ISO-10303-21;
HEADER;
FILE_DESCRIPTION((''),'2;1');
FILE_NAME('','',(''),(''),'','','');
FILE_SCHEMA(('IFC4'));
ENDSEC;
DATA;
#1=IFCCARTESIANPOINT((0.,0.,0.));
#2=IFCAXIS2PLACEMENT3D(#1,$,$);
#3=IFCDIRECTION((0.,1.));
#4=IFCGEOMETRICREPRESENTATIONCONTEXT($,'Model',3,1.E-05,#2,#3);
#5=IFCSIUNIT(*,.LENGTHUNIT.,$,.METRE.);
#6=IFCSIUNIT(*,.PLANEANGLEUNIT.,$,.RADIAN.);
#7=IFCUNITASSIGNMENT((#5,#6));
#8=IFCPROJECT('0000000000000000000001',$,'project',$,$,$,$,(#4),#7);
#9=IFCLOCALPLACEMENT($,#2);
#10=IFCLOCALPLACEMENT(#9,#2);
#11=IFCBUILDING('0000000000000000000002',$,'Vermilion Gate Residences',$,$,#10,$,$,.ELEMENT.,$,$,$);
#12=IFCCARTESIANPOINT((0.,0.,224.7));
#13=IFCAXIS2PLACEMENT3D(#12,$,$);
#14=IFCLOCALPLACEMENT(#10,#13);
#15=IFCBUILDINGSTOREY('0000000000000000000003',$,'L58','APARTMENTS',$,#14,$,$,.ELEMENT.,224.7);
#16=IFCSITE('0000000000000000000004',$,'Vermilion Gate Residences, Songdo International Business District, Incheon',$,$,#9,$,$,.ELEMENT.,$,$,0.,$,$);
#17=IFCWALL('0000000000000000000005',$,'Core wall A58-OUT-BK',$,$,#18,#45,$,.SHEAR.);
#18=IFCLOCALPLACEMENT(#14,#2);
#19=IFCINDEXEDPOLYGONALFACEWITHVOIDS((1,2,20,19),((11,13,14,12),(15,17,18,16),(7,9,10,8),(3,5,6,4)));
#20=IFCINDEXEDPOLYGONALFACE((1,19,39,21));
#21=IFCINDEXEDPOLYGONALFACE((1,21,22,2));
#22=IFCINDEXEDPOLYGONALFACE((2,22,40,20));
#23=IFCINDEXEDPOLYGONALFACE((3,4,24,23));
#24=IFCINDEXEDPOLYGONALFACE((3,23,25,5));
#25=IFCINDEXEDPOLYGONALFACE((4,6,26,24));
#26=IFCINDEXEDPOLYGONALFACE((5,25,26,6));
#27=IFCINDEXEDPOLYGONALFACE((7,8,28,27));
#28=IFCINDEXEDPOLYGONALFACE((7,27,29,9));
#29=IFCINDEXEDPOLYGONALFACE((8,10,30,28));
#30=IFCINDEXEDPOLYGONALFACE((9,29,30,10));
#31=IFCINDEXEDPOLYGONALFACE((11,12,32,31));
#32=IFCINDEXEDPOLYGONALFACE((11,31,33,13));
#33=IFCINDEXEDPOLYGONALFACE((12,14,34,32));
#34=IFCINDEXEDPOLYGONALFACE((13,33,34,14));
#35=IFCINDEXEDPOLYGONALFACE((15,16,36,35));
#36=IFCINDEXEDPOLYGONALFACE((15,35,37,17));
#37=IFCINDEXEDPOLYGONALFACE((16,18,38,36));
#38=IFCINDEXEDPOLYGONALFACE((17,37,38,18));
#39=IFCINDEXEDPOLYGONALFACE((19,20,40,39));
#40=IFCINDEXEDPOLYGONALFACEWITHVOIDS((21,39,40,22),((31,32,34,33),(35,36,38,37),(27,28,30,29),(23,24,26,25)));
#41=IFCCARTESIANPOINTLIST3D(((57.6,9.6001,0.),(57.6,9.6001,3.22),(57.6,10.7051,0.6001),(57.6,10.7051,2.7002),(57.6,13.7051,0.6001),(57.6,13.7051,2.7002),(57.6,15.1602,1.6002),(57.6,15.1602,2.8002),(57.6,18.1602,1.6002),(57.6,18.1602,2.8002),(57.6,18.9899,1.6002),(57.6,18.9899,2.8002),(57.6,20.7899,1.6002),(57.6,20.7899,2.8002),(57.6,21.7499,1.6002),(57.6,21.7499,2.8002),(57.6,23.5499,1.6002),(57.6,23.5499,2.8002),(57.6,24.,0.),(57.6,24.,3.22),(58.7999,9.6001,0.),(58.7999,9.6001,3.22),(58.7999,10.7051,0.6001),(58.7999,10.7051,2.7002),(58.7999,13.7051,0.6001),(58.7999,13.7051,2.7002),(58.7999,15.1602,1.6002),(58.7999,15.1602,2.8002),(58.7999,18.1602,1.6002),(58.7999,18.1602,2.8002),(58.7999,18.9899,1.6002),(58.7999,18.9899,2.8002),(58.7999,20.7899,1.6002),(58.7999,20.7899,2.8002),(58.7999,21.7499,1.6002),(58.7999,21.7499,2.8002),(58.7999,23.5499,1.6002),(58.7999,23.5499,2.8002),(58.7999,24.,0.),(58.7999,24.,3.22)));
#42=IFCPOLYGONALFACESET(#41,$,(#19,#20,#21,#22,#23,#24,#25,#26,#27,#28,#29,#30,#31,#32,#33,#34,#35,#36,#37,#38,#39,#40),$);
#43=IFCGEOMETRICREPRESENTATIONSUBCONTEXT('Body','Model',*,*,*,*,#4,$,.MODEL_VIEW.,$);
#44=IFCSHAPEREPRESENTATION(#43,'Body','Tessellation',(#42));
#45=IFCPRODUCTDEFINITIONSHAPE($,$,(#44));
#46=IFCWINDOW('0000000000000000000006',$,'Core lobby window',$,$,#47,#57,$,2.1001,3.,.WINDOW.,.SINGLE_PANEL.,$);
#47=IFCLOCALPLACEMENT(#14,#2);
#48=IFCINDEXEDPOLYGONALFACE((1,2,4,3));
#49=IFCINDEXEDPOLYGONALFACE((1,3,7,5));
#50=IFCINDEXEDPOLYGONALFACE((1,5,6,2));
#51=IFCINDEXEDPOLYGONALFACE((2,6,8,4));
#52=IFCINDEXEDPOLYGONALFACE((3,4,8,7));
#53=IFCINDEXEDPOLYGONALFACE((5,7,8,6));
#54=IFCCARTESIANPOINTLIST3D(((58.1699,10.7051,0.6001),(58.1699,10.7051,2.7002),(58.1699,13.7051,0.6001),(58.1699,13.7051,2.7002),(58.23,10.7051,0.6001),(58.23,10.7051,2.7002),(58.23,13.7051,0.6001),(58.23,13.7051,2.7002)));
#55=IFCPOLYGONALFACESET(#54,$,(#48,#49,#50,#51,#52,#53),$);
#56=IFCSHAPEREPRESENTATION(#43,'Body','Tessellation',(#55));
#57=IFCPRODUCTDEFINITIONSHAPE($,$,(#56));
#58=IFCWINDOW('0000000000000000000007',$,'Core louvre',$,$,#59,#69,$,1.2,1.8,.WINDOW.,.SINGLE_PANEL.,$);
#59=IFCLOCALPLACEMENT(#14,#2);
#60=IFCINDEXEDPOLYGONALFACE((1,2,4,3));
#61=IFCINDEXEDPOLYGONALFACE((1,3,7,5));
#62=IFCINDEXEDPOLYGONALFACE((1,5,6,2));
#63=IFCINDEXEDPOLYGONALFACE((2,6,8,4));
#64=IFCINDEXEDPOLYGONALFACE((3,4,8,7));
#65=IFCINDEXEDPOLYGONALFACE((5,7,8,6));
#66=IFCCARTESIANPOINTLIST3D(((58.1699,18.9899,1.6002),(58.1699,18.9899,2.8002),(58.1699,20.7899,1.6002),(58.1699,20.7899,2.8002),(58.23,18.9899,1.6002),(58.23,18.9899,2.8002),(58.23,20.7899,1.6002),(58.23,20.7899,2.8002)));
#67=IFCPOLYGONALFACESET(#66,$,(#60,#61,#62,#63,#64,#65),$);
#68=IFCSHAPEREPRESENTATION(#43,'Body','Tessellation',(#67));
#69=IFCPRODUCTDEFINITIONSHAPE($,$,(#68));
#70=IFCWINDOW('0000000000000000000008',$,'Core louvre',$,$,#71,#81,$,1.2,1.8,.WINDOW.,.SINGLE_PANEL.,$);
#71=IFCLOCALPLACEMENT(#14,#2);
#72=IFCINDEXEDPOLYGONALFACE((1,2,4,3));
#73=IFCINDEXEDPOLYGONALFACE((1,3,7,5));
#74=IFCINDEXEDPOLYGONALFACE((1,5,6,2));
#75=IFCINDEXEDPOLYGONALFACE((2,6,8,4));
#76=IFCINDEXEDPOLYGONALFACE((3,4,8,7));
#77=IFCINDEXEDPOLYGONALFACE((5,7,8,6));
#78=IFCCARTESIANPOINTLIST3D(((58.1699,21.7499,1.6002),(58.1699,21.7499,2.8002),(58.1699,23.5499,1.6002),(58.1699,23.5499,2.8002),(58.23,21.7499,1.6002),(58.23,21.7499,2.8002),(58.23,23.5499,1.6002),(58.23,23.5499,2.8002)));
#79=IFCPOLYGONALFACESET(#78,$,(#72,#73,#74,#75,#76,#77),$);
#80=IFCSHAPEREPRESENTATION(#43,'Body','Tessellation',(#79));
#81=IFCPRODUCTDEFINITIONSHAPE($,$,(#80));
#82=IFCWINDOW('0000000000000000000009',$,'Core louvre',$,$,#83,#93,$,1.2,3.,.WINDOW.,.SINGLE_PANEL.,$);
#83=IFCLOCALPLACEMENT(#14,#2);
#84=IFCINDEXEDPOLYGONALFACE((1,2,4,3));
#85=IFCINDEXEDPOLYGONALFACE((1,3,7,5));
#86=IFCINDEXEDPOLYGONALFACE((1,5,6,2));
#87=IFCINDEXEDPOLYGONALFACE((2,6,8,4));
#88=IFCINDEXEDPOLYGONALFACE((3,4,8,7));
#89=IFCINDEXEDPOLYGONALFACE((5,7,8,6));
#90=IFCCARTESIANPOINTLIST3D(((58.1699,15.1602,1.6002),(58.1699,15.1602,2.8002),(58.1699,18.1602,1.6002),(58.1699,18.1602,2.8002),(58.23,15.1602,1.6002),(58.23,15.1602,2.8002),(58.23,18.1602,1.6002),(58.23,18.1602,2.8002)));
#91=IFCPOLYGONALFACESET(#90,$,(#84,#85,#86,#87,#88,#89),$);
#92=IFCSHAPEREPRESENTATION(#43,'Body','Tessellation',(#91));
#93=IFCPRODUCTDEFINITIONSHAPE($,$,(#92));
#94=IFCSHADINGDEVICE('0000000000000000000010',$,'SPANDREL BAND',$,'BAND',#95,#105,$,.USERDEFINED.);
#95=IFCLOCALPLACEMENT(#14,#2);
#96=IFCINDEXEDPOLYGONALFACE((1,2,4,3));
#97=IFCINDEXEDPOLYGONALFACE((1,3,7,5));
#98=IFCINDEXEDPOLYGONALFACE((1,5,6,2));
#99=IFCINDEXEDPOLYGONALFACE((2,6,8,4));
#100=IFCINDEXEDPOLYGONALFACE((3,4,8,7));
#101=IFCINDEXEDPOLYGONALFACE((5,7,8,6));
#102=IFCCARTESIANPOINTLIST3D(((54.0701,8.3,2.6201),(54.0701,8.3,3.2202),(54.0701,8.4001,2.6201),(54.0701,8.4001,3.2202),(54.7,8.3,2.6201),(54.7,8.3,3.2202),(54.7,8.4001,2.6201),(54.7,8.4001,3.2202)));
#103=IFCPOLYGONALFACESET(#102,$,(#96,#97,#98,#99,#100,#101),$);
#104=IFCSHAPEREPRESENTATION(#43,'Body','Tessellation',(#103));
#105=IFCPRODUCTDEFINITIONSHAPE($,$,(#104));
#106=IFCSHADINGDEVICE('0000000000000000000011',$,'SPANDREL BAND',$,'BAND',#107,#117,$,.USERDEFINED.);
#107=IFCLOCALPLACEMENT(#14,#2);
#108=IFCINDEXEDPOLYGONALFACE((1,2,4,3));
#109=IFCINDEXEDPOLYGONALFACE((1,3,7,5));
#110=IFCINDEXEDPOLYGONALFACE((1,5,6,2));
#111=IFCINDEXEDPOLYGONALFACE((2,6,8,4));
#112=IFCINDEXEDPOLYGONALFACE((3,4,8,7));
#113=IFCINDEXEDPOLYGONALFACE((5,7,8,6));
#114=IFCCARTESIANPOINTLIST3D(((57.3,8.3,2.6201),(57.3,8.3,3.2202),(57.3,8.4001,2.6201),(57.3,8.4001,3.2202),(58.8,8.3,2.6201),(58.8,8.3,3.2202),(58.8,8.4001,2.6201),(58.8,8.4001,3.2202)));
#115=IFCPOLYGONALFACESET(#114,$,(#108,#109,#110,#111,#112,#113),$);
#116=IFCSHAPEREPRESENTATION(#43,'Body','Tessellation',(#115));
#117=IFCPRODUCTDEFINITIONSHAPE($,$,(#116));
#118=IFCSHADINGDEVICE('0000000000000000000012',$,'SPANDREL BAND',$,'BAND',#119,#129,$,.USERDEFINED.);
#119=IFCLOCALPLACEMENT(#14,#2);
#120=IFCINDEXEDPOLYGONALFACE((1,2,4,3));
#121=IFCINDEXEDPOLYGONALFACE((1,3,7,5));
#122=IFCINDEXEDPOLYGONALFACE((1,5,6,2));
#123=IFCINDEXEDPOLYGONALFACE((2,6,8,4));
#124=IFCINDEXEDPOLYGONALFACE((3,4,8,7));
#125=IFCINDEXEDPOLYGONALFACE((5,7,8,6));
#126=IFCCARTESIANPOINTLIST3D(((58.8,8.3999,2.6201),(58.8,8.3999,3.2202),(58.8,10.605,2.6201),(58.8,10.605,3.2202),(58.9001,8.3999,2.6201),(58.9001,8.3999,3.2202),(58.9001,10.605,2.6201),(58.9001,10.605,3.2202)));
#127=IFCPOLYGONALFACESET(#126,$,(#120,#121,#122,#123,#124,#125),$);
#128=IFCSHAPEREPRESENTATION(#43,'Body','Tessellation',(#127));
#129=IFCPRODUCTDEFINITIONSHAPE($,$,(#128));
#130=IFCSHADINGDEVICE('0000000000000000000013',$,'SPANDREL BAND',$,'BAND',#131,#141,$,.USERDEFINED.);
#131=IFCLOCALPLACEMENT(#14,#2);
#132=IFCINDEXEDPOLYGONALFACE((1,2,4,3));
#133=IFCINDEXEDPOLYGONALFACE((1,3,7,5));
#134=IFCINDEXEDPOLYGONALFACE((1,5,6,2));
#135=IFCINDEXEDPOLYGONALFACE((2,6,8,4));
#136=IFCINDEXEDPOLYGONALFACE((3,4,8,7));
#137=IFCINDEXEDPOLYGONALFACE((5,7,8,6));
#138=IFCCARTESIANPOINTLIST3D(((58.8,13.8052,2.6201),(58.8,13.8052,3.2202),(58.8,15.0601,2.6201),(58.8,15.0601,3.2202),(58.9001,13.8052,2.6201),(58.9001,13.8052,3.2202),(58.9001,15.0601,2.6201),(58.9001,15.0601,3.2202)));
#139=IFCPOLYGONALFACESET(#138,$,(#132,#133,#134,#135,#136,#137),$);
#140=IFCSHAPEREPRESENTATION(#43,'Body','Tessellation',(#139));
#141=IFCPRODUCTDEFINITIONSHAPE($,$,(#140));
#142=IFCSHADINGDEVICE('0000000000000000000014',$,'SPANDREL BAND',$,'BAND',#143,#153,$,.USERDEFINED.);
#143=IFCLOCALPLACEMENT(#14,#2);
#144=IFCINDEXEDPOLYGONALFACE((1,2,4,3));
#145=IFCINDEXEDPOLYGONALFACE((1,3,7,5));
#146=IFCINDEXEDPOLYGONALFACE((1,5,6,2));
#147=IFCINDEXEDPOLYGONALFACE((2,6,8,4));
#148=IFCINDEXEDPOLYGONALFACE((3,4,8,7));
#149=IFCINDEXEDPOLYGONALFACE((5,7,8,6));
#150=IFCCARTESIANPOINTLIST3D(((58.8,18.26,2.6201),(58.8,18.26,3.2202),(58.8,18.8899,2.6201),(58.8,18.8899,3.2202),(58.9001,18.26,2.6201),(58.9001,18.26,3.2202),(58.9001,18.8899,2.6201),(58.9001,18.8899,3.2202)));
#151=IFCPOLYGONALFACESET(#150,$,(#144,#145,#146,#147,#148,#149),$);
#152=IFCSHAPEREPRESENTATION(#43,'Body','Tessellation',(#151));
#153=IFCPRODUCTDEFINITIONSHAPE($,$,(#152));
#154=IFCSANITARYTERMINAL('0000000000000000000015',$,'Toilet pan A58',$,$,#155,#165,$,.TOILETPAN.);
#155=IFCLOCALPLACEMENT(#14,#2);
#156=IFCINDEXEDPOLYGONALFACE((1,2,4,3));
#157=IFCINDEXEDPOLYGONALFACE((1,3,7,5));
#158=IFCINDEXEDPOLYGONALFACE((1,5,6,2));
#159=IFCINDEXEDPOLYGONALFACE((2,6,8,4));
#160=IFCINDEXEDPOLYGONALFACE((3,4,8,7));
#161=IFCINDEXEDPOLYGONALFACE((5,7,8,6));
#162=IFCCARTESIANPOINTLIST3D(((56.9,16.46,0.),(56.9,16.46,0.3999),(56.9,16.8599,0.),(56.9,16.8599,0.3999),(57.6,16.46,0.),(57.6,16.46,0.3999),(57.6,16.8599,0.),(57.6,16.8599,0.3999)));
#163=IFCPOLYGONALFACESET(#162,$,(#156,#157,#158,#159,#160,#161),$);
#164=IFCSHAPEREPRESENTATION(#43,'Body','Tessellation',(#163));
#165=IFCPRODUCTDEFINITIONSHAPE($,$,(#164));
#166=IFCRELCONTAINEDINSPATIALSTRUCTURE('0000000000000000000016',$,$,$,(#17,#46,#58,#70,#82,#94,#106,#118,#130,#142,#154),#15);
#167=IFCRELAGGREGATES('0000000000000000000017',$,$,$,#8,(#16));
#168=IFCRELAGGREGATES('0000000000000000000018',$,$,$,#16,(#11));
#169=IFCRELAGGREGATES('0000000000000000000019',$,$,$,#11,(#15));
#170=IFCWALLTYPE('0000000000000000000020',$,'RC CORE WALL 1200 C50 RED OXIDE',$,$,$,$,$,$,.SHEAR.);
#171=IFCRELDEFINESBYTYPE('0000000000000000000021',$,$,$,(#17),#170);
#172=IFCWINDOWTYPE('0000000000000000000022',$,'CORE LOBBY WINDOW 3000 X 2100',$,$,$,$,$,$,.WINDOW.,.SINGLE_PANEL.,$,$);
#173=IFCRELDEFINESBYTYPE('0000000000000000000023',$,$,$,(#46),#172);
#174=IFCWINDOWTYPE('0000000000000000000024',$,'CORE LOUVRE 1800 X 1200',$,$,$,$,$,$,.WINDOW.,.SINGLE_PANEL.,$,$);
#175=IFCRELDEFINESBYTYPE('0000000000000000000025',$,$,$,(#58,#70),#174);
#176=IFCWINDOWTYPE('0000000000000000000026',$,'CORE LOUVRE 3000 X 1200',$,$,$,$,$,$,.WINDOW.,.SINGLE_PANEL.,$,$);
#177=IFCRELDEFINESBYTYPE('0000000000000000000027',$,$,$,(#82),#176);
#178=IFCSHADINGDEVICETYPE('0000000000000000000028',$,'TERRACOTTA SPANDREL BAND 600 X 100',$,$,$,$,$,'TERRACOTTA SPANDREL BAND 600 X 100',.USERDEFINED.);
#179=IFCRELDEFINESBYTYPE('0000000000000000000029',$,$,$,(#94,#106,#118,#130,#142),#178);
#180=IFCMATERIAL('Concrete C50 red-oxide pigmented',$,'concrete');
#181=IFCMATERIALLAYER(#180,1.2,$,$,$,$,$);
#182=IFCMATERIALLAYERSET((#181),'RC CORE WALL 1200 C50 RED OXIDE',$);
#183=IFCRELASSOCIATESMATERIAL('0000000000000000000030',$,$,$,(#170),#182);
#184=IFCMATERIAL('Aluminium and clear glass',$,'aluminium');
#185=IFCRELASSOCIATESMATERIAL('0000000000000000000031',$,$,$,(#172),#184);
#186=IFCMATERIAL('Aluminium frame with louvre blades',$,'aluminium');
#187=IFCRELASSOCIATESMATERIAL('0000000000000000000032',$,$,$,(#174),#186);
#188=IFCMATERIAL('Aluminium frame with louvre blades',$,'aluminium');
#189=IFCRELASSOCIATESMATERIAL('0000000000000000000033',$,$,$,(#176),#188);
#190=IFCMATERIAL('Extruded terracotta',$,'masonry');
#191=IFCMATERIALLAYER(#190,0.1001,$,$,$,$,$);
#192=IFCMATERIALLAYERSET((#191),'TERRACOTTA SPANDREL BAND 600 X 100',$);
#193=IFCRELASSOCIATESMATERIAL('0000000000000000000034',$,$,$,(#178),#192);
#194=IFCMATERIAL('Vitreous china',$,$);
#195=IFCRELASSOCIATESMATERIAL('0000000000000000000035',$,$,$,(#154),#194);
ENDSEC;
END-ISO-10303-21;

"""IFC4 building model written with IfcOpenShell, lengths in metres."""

from ifc_helpers import new_model, si_unit, direction, frame, frame_2d, origin, origin_2d, place, context, subcontext, project, spatial, rectangle, extrude, material, layer, layer_set, type_object, element, fill, save


model = new_model("IFC4")

# Units and contexts
model_context = context("Model", 3, precision=1e-05, world=origin(), true_north=direction((0.0, 1.0)))
body_context = subcontext(model_context, "Body", "Model", "MODEL_VIEW")
ifc_project = project(units=[si_unit("LENGTHUNIT", "METRE"), si_unit("PLANEANGLEUNIT", "RADIAN")], contexts=[model_context])

# Site, building, storey
site_placement = place(None, origin())
site = spatial("IfcSite", under=ifc_project, at=site_placement, Name="Vermilion Gate Residences, Songdo International Business District, Incheon", CompositionType="ELEMENT", RefElevation=0.0)
building_placement = place(site_placement, origin())
building = spatial("IfcBuilding", under=site, at=building_placement, Name="Vermilion Gate Residences", CompositionType="ELEMENT")
storey_placement = place(building_placement, frame((0.0, 0.0, 224.7)))
storey = spatial("IfcBuildingStorey", under=building, at=storey_placement, Name="L58", Description="APARTMENTS", CompositionType="ELEMENT", Elevation=224.7)

# Wall, openings, windows
ifc_material_1 = material(Name="Concrete C50 red-oxide pigmented", Category="concrete")
ifc_layer_1 = layer(ifc_material_1, 1.2)
ifc_layer_set_1 = layer_set([ifc_layer_1], Name="RC CORE WALL 1200 C50 RED OXIDE")
wall_type_1 = type_object("IfcWallType", Name="RC CORE WALL 1200 C50 RED OXIDE", PredefinedType="SHEAR", material=ifc_layer_set_1)
wall_1_placement = place(storey_placement, frame((58.2, 9.6001, 0.0), z_axis=(0.0, 0.0, 1.0), x_axis=(0.0, 1.0, 0.0)))
wall_1 = element("IfcWall", 1, at=wall_1_placement, inside=storey, type_object=wall_type_1, Name="Core wall A58-OUT-BK", PredefinedType="SHEAR", context=body_context, shape_type="SweptSolid", body=[
    extrude(rectangle(XDim=14.3999, YDim=1.2, at=frame_2d((7.2, 0.0))), origin(), (0.0, 0.0, 1.0), 3.22),
])
opening_1_placement = place(wall_1_placement, frame((1.105, 0.0, 0.6001)))
opening_1 = element("IfcOpeningElement", 2, at=opening_1_placement, cuts=wall_1, PredefinedType="OPENING", context=body_context, shape_type="SweptSolid", body=[
    extrude(rectangle(XDim=3.0, YDim=2.1001, at=frame_2d((1.5, 1.05))), frame((0.0, 0.6099, 0.0), z_axis=(0.0, -1.0, 0.0), x_axis=(1.0, 0.0, 0.0)), (0.0, 0.0, 1.0), 1.22),
])
opening_2_placement = place(wall_1_placement, frame((5.5601, 0.0, 1.6001)))
opening_2 = element("IfcOpeningElement", 3, at=opening_2_placement, cuts=wall_1, PredefinedType="OPENING", context=body_context, shape_type="SweptSolid", body=[
    extrude(rectangle(XDim=3.0, YDim=1.2, at=frame_2d((1.5, 0.6001))), frame((0.0, 0.6099, 0.0), z_axis=(0.0, -1.0, 0.0), x_axis=(1.0, 0.0, 0.0)), (0.0, 0.0, 1.0), 1.22),
])
opening_3_placement = place(wall_1_placement, frame((9.3899, 0.0, 1.6001)))
opening_3 = element("IfcOpeningElement", 4, at=opening_3_placement, cuts=wall_1, PredefinedType="OPENING", context=body_context, shape_type="SweptSolid", body=[
    extrude(rectangle(XDim=1.8, YDim=1.2, at=frame_2d((0.8999, 0.6001))), frame((0.0, 0.6099, 0.0), z_axis=(0.0, -1.0, 0.0), x_axis=(1.0, 0.0, 0.0)), (0.0, 0.0, 1.0), 1.22),
])
opening_4_placement = place(wall_1_placement, frame((12.1499, 0.0, 1.6001)))
opening_4 = element("IfcOpeningElement", 5, at=opening_4_placement, cuts=wall_1, PredefinedType="OPENING", context=body_context, shape_type="SweptSolid", body=[
    extrude(rectangle(XDim=1.8, YDim=1.2, at=frame_2d((0.8999, 0.6001))), frame((0.0, 0.6099, 0.0), z_axis=(0.0, -1.0, 0.0), x_axis=(1.0, 0.0, 0.0)), (0.0, 0.0, 1.0), 1.22),
])
ifc_material_2 = material(Name="Aluminium and clear glass", Category="aluminium")
window_type_1 = type_object("IfcWindowType", Name="CORE LOBBY WINDOW 3000 X 2100", PartitioningType="SINGLE_PANEL", PredefinedType="WINDOW", material=ifc_material_2)
window_1_placement = place(opening_1_placement, origin())
window_1 = element("IfcWindow", 6, at=window_1_placement, inside=storey, type_object=window_type_1, Name="Core lobby window", OverallHeight=2.1001, OverallWidth=3.0, PartitioningType="SINGLE_PANEL", PredefinedType="WINDOW", context=body_context, shape_type="SweptSolid", body=[
    extrude(rectangle(XDim=3.0, YDim=2.1001, at=frame_2d((1.5, 1.05))), frame((0.0, 0.03, 0.0), z_axis=(0.0, -1.0, 0.0), x_axis=(1.0, 0.0, 0.0)), (0.0, 0.0, 1.0), 0.0601),
])
fill(opening_1, window_1)
ifc_material_3 = material(Name="Aluminium frame with louvre blades", Category="aluminium")
window_type_2 = type_object("IfcWindowType", Name="CORE LOUVRE 1800 X 1200", PartitioningType="SINGLE_PANEL", PredefinedType="WINDOW", material=ifc_material_3)
window_2_placement = place(opening_3_placement, origin())
window_2 = element("IfcWindow", 7, at=window_2_placement, inside=storey, type_object=window_type_2, Name="Core louvre", OverallHeight=1.2, OverallWidth=1.8, PartitioningType="SINGLE_PANEL", PredefinedType="WINDOW", context=body_context, shape_type="SweptSolid", body=[
    extrude(rectangle(XDim=1.8, YDim=1.2, at=frame_2d((0.8999, 0.6001))), frame((0.0, 0.03, 0.0), z_axis=(0.0, -1.0, 0.0), x_axis=(1.0, 0.0, 0.0)), (0.0, 0.0, 1.0), 0.0601),
])
fill(opening_3, window_2)
window_3_placement = place(opening_4_placement, origin())
window_3 = element("IfcWindow", 8, at=window_3_placement, inside=storey, type_object=window_type_2, Name="Core louvre", OverallHeight=1.2, OverallWidth=1.8, PartitioningType="SINGLE_PANEL", PredefinedType="WINDOW", context=body_context, shape_type="SweptSolid", body=[
    extrude(rectangle(XDim=1.8, YDim=1.2, at=frame_2d((0.8999, 0.6001))), frame((0.0, 0.03, 0.0), z_axis=(0.0, -1.0, 0.0), x_axis=(1.0, 0.0, 0.0)), (0.0, 0.0, 1.0), 0.0601),
])
fill(opening_4, window_3)
ifc_material_4 = material(Name="Aluminium frame with louvre blades", Category="aluminium")
window_type_3 = type_object("IfcWindowType", Name="CORE LOUVRE 3000 X 1200", PartitioningType="SINGLE_PANEL", PredefinedType="WINDOW", material=ifc_material_4)
window_4_placement = place(opening_2_placement, origin())
window_4 = element("IfcWindow", 9, at=window_4_placement, inside=storey, type_object=window_type_3, Name="Core louvre", OverallHeight=1.2, OverallWidth=3.0, PartitioningType="SINGLE_PANEL", PredefinedType="WINDOW", context=body_context, shape_type="SweptSolid", body=[
    extrude(rectangle(XDim=3.0, YDim=1.2, at=frame_2d((1.5, 0.6001))), frame((0.0, 0.03, 0.0), z_axis=(0.0, -1.0, 0.0), x_axis=(1.0, 0.0, 0.0)), (0.0, 0.0, 1.0), 0.0601),
])
fill(opening_2, window_4)

# Shading devices
ifc_material_5 = material(Name="Extruded terracotta", Category="masonry")
ifc_layer_2 = layer(ifc_material_5, 0.1001)
ifc_layer_set_2 = layer_set([ifc_layer_2], Name="TERRACOTTA SPANDREL BAND 600 X 100")
shading_device_type = type_object("IfcShadingDeviceType", Name="TERRACOTTA SPANDREL BAND 600 X 100", ElementType="TERRACOTTA SPANDREL BAND 600 X 100", PredefinedType="USERDEFINED", material=ifc_layer_set_2)
shading_device_1_placement = place(storey_placement, frame((54.385, 8.3501, 2.6201), z_axis=(0.0, 0.0, 1.0), x_axis=(1.0, 0.0, 0.0)))
element("IfcShadingDevice", 10, at=shading_device_1_placement, inside=storey, type_object=shading_device_type, Name="SPANDREL BAND", ObjectType="BAND", PredefinedType="USERDEFINED", context=body_context, shape_type="SweptSolid", body=[
    extrude(rectangle(XDim=0.6299, YDim=0.1001, at=origin_2d()), origin(), (0.0, 0.0, 1.0), 0.6001),
])
shading_device_2_placement = place(storey_placement, frame((58.05, 8.3501, 2.6201), z_axis=(0.0, 0.0, 1.0), x_axis=(1.0, 0.0, 0.0)))
element("IfcShadingDevice", 11, at=shading_device_2_placement, inside=storey, type_object=shading_device_type, Name="SPANDREL BAND", ObjectType="BAND", PredefinedType="USERDEFINED", context=body_context, shape_type="SweptSolid", body=[
    extrude(rectangle(XDim=1.5, YDim=0.1001, at=origin_2d()), origin(), (0.0, 0.0, 1.0), 0.6001),
])
shading_device_3_placement = place(storey_placement, frame((58.8501, 9.5024, 2.6201), z_axis=(0.0, 0.0, 1.0), x_axis=(0.0, 1.0, 0.0)))
element("IfcShadingDevice", 12, at=shading_device_3_placement, inside=storey, type_object=shading_device_type, Name="SPANDREL BAND", ObjectType="BAND", PredefinedType="USERDEFINED", context=body_context, shape_type="SweptSolid", body=[
    extrude(rectangle(XDim=2.2051, YDim=0.1001, at=origin_2d()), origin(), (0.0, 0.0, 1.0), 0.6001),
])
shading_device_4_placement = place(storey_placement, frame((58.8501, 14.4326, 2.6201), z_axis=(0.0, 0.0, 1.0), x_axis=(0.0, 1.0, 0.0)))
element("IfcShadingDevice", 13, at=shading_device_4_placement, inside=storey, type_object=shading_device_type, Name="SPANDREL BAND", ObjectType="BAND", PredefinedType="USERDEFINED", context=body_context, shape_type="SweptSolid", body=[
    extrude(rectangle(XDim=1.2549, YDim=0.1001, at=origin_2d()), origin(), (0.0, 0.0, 1.0), 0.6001),
])
shading_device_5_placement = place(storey_placement, frame((58.8501, 18.575, 2.6201), z_axis=(0.0, 0.0, 1.0), x_axis=(0.0, 1.0, 0.0)))
element("IfcShadingDevice", 14, at=shading_device_5_placement, inside=storey, type_object=shading_device_type, Name="SPANDREL BAND", ObjectType="BAND", PredefinedType="USERDEFINED", context=body_context, shape_type="SweptSolid", body=[
    extrude(rectangle(XDim=0.6299, YDim=0.1001, at=origin_2d()), origin(), (0.0, 0.0, 1.0), 0.6001),
])

# Sanitary terminal
ifc_material_6 = material(Name="Vitreous china")
sanitary_terminal_1_placement = place(storey_placement, frame((57.25, 16.6599, 0.0), z_axis=(0.0, 0.0, 1.0), x_axis=(1.0, 0.0, 0.0)))
element("IfcSanitaryTerminal", 15, at=sanitary_terminal_1_placement, inside=storey, material=ifc_material_6, Name="Toilet pan A58", PredefinedType="TOILETPAN", context=body_context, shape_type="SweptSolid", body=[
    extrude(rectangle(XDim=0.7, YDim=0.3999, at=origin_2d()), origin(), (0.0, 0.0, 1.0), 0.3999),
])

save(model, "model.ifc")
